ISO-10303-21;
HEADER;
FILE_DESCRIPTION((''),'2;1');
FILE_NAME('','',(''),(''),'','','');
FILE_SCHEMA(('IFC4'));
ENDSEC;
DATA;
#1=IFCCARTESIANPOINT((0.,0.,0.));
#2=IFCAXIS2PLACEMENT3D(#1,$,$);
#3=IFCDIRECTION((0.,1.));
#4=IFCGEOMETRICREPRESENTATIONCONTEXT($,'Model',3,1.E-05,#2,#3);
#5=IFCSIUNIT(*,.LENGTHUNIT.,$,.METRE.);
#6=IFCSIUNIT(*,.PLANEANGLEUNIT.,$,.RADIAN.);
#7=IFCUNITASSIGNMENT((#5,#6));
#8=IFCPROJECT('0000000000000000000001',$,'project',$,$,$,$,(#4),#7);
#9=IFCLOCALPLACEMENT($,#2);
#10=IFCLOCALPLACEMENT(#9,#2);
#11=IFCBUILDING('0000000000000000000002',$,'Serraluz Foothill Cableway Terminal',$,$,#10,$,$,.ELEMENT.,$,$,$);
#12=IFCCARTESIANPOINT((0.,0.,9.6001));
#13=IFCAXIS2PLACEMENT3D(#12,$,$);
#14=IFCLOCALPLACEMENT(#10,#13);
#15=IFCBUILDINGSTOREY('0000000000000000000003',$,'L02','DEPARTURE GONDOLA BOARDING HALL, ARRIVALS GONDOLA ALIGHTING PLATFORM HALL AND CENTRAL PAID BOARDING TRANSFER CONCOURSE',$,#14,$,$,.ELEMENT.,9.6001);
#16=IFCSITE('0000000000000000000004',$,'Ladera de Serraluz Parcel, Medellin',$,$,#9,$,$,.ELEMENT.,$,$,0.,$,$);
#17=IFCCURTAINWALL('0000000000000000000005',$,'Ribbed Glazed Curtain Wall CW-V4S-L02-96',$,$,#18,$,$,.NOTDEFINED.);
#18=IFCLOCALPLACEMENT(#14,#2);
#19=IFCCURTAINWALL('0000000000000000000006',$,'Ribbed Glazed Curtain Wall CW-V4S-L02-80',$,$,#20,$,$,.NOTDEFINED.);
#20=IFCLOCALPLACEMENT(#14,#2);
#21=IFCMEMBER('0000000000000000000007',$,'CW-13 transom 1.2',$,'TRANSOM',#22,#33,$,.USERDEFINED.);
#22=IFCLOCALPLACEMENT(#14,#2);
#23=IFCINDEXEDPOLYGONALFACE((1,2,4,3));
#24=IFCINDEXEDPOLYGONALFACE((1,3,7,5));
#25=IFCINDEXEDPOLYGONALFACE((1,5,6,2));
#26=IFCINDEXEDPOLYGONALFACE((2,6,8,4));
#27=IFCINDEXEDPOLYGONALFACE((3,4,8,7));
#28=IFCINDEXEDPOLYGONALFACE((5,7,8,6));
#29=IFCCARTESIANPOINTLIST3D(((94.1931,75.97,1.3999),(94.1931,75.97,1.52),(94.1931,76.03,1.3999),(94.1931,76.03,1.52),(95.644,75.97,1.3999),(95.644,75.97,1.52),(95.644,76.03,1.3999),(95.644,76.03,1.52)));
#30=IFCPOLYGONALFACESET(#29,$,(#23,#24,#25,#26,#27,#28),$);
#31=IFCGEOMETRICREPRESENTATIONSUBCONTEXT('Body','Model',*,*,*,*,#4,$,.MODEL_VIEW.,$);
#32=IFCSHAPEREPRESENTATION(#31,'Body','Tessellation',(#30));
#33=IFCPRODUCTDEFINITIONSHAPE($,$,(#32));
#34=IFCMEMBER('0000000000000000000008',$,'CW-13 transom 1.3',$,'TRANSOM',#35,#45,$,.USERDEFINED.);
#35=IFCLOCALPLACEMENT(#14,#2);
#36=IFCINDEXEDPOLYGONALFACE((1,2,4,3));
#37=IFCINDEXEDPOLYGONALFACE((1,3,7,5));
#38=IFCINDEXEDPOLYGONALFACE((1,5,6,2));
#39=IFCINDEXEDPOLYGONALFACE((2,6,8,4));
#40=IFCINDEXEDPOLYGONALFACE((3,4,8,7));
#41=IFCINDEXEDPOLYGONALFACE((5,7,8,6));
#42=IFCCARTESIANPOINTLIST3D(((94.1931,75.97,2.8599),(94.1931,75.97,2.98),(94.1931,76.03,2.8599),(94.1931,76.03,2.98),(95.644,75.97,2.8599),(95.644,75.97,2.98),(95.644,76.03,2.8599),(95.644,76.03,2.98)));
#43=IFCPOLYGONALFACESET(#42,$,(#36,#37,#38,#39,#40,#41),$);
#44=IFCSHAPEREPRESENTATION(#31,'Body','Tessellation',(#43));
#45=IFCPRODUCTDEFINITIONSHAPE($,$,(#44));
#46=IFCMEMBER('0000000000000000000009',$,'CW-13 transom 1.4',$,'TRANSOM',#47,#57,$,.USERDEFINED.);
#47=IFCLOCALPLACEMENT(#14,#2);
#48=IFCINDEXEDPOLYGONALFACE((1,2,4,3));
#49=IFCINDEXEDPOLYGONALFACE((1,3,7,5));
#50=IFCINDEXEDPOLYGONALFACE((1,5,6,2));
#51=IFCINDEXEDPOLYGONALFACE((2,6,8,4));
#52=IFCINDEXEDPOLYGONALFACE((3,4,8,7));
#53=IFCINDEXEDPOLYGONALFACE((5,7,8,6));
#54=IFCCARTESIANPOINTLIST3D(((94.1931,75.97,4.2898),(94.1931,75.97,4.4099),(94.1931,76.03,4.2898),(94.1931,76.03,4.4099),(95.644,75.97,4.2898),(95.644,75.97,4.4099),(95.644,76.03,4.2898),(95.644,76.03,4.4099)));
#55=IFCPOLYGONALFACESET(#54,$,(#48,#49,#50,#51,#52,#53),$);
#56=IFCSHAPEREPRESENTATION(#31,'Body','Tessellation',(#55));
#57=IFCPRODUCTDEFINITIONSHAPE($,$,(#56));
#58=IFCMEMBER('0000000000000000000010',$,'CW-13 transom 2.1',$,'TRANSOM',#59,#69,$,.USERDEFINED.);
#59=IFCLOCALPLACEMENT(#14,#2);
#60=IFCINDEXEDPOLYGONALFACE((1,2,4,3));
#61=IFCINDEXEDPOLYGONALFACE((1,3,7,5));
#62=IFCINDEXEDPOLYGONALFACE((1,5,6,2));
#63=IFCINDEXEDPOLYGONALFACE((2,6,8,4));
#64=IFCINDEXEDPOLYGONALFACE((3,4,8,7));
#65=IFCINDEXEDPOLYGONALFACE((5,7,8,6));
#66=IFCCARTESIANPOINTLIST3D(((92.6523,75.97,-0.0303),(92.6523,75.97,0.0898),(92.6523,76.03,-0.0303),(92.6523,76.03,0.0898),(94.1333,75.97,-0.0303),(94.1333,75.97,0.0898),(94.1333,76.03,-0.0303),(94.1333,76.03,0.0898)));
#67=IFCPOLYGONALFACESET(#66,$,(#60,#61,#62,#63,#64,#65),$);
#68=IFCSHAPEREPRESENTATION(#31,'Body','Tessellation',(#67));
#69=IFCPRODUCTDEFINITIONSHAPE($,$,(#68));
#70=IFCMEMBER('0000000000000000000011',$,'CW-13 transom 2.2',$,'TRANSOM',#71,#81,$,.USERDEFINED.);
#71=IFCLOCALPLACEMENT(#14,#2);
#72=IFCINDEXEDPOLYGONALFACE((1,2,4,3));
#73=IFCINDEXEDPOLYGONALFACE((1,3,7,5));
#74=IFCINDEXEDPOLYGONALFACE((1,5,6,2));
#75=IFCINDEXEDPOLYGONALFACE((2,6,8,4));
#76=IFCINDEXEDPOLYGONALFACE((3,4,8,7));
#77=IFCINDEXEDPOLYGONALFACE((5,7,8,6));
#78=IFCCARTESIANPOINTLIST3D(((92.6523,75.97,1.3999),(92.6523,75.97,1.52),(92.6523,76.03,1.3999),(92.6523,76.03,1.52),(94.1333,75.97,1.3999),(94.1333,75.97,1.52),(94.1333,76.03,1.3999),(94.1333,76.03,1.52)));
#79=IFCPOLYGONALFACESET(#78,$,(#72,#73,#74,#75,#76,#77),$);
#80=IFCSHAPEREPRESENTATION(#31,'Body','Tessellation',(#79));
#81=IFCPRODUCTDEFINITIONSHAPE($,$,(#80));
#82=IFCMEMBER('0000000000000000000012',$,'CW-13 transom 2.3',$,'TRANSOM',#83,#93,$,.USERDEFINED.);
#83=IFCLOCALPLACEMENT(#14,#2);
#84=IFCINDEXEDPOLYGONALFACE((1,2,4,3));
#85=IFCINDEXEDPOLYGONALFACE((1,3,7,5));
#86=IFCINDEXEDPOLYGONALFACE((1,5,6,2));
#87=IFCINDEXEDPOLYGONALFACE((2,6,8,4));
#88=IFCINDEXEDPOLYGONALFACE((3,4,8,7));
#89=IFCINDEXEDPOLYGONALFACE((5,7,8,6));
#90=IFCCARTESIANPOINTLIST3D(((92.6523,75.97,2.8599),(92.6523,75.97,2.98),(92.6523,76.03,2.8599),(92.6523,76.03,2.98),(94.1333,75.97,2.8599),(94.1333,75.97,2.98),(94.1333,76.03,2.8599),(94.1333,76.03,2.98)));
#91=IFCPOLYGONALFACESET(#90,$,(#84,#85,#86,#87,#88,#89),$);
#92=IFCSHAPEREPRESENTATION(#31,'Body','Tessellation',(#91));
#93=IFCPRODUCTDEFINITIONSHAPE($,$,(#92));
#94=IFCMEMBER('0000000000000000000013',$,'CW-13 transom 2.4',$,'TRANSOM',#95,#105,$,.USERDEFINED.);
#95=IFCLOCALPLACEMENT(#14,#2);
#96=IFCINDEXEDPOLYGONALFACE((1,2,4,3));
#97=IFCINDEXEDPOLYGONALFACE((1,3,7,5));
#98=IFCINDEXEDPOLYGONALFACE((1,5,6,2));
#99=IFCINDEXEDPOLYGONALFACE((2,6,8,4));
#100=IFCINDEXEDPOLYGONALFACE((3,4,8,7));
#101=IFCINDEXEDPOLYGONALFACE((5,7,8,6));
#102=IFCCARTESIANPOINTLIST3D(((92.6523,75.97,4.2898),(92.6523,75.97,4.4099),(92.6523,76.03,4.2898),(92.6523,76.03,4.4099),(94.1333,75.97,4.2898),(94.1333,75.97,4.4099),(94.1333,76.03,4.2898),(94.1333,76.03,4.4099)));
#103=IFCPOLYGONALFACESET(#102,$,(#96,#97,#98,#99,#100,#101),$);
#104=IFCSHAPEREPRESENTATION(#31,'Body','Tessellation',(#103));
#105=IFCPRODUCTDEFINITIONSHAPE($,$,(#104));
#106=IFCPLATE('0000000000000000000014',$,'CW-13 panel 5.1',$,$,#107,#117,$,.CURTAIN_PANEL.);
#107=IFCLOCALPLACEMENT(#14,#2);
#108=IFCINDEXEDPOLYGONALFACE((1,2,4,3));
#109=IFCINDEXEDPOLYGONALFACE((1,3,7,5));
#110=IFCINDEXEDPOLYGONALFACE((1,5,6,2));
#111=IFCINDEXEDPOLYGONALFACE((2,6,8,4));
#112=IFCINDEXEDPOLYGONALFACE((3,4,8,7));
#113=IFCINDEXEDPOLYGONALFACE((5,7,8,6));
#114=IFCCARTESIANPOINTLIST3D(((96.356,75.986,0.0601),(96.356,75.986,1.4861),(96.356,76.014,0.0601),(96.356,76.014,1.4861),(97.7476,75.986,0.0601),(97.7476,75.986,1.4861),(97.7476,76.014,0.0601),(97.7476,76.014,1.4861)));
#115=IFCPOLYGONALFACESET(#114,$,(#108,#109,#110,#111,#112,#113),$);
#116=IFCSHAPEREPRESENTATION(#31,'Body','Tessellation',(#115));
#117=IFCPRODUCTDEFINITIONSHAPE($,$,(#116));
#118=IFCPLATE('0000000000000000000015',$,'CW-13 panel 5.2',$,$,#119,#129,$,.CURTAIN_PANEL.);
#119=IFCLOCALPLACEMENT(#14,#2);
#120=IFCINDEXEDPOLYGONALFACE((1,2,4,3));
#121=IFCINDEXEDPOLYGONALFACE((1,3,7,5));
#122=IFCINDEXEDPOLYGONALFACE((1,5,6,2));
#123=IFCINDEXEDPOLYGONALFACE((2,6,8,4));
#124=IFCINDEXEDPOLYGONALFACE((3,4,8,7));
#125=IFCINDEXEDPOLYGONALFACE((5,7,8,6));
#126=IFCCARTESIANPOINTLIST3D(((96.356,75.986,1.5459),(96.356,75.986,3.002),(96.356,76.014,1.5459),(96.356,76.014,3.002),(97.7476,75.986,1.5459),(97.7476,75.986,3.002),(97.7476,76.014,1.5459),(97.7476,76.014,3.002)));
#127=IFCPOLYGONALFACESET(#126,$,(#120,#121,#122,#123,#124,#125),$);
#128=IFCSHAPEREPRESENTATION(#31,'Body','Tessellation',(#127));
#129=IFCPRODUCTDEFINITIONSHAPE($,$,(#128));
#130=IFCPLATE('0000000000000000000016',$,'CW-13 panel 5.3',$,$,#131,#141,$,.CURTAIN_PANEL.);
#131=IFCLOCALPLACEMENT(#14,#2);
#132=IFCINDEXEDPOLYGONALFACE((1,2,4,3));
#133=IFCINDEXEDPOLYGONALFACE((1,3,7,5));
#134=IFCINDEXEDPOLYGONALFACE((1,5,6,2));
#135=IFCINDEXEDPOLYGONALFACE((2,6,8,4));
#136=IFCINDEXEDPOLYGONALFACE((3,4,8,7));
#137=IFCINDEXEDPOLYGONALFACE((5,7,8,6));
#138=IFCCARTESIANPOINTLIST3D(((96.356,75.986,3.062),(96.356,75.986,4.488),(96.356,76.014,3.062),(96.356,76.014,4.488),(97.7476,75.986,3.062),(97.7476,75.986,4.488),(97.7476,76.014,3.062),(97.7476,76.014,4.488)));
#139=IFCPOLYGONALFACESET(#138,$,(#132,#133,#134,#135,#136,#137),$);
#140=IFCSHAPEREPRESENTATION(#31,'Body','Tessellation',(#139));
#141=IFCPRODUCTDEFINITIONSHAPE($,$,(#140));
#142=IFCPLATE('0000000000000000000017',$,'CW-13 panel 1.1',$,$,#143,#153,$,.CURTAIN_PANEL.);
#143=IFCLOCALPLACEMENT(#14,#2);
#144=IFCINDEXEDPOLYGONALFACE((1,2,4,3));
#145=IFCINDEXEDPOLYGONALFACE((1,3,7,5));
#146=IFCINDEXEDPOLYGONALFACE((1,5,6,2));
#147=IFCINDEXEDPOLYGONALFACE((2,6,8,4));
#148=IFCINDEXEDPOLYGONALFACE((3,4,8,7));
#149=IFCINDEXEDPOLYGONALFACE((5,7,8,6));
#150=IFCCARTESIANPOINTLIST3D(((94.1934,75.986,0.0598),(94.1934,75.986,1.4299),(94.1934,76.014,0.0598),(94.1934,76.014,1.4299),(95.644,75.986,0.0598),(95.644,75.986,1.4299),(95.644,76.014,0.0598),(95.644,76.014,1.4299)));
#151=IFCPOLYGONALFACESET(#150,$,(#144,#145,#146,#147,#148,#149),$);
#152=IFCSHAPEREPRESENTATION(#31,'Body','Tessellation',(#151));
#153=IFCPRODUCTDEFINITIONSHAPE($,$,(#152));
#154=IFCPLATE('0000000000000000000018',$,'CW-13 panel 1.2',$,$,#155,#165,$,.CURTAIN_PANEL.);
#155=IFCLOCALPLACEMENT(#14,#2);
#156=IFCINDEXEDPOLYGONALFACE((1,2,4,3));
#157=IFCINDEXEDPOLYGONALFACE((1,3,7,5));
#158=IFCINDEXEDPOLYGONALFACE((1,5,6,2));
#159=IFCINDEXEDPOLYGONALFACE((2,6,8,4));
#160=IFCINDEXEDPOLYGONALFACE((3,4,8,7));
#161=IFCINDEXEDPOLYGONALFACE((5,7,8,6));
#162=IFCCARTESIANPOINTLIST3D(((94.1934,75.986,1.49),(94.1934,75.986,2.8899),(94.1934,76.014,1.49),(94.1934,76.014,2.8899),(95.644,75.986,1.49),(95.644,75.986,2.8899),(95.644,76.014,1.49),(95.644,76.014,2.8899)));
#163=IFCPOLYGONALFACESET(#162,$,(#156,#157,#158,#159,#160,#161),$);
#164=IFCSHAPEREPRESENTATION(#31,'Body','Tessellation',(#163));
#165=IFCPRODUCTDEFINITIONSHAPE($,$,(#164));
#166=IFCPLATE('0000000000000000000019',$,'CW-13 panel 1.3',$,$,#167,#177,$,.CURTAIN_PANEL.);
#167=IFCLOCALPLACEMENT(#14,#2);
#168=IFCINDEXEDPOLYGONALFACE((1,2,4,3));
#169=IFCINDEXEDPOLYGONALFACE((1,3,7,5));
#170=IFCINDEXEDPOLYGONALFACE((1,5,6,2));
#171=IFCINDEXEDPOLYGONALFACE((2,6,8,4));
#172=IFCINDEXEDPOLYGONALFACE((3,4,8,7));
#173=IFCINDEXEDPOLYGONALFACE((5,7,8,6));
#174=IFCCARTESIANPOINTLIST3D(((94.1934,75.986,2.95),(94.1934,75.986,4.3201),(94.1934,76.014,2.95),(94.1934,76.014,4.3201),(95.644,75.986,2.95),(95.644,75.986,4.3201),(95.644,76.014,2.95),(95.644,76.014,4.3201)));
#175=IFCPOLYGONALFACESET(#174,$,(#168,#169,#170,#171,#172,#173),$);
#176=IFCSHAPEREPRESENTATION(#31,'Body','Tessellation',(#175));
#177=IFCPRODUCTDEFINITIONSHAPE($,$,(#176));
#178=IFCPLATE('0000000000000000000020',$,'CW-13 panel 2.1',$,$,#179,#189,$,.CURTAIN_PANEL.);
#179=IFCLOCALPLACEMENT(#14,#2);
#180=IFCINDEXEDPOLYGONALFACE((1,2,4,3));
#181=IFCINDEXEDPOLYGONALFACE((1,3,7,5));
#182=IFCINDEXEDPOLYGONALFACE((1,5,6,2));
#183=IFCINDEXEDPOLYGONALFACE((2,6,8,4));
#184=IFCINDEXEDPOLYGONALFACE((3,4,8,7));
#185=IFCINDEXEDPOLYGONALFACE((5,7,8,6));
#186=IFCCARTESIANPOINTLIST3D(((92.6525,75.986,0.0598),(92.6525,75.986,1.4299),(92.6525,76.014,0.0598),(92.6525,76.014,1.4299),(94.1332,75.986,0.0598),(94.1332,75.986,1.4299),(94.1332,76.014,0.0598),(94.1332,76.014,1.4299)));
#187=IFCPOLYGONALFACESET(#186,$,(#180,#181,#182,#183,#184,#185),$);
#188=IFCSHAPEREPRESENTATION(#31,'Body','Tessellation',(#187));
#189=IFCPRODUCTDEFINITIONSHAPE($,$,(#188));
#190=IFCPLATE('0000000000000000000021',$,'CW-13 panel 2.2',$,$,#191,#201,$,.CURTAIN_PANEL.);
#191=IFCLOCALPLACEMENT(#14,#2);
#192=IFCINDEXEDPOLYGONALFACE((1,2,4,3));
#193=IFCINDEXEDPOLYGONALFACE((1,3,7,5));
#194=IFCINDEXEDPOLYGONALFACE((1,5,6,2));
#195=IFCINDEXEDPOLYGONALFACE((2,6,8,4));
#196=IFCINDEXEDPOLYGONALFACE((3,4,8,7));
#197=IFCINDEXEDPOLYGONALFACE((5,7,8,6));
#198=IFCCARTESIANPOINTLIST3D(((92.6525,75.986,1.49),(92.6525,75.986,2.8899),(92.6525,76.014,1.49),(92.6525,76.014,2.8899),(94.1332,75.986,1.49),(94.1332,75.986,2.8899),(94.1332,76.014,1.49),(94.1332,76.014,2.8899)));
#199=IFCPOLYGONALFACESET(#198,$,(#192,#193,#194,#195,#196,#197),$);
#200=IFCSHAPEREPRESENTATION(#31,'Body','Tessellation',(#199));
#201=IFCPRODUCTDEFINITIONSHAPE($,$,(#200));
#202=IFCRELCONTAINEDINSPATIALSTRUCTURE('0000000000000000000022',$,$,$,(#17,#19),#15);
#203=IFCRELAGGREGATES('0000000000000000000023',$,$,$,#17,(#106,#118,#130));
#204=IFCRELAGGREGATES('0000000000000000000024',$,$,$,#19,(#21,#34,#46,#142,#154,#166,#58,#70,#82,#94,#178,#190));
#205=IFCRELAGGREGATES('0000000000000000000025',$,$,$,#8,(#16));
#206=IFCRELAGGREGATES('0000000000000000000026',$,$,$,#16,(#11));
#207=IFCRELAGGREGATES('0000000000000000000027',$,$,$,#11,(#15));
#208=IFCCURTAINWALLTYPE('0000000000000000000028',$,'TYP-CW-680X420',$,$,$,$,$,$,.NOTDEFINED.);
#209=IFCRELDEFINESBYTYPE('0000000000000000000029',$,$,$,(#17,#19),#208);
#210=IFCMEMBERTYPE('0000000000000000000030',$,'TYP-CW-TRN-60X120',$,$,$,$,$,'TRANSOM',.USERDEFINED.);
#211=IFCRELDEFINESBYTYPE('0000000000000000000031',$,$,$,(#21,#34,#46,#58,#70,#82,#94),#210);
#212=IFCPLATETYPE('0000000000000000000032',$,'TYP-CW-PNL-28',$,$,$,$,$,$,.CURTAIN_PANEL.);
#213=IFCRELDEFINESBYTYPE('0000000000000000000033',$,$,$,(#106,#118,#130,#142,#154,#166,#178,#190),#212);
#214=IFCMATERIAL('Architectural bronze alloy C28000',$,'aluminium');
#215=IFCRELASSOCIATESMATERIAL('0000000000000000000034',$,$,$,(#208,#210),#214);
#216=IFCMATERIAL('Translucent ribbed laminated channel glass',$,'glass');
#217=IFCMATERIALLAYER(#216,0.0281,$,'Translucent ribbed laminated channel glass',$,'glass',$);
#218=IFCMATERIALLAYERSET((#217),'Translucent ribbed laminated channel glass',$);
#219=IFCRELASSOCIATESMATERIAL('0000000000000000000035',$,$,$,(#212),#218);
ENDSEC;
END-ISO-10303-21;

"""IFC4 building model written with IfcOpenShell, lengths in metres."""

from ifc_helpers import new_model, si_unit, direction, frame, origin, origin_2d, place, context, subcontext, project, spatial, rectangle, extrude, material, layer, layer_set, material_profile, profile_set, type_object, element, aggregate, save


model = new_model("IFC4")

# Units and contexts
model_context = context("Model", 3, precision=1e-05, world=origin(), true_north=direction((0.0, 1.0)))
body_context = subcontext(model_context, "Body", "Model", "MODEL_VIEW")
ifc_project = project(units=[si_unit("LENGTHUNIT", "METRE"), si_unit("PLANEANGLEUNIT", "RADIAN")], contexts=[model_context])

# Site, building, storey
site_placement = place(None, origin())
site = spatial("IfcSite", under=ifc_project, at=site_placement, Name="Ladera de Serraluz Parcel, Medellin", CompositionType="ELEMENT", RefElevation=0.0)
building_placement = place(site_placement, origin())
building = spatial("IfcBuilding", under=site, at=building_placement, Name="Serraluz Foothill Cableway Terminal", CompositionType="ELEMENT")
storey_placement = place(building_placement, frame((0.0, 0.0, 9.6001)))
storey = spatial("IfcBuildingStorey", under=building, at=storey_placement, Name="L02", Description="DEPARTURE GONDOLA BOARDING HALL, ARRIVALS GONDOLA ALIGHTING PLATFORM HALL AND CENTRAL PAID BOARDING TRANSFER CONCOURSE", CompositionType="ELEMENT", Elevation=9.6001)

# Curtain wall
ifc_material_1 = material(Name="Architectural bronze alloy C28000", Category="aluminium")
curtain_wall_type = type_object("IfcCurtainWallType", Name="TYP-CW-680X420", PredefinedType="NOTDEFINED", material=ifc_material_1)
curtain_wall_1_placement = place(storey_placement, origin())
curtain_wall_1 = element("IfcCurtainWall", 1, at=curtain_wall_1_placement, inside=storey, type_object=curtain_wall_type, Name="Ribbed Glazed Curtain Wall CW-V4S-L02-96", PredefinedType="NOTDEFINED")

# Curtain wall
curtain_wall_2_placement = place(storey_placement, origin())
curtain_wall_2 = element("IfcCurtainWall", 2, at=curtain_wall_2_placement, inside=storey, type_object=curtain_wall_type, Name="Ribbed Glazed Curtain Wall CW-V4S-L02-80", PredefinedType="NOTDEFINED")

# Members
ifc_material_profile_1 = material_profile(ifc_material_1, rectangle(XDim=0.0601, YDim=0.1201, at=origin_2d()), Name="ALU TRANSOM 60x120")
ifc_profile_set_1 = profile_set([ifc_material_profile_1], Name="Architectural bronze alloy C28000")
member_type_1 = type_object("IfcMemberType", Name="TYP-CW-TRN-60X120", ElementType="TRANSOM", PredefinedType="USERDEFINED", material=ifc_profile_set_1)
member_1_placement = place(storey_placement, frame((95.644, 76.0, 1.46), z_axis=(-1.0, 0.0, 0.0), x_axis=(0.0, -1.0, 0.0)))
member_1 = element("IfcMember", 3, at=member_1_placement, type_object=member_type_1, Name="CW-13 transom 1.2", ObjectType="TRANSOM", PredefinedType="USERDEFINED", context=body_context, shape_type="SweptSolid", body=[
    extrude(rectangle(XDim=0.0601, YDim=0.1201, at=origin_2d()), origin(), (0.0, 0.0, 1.0), 1.4509),
])
member_2_placement = place(storey_placement, frame((95.644, 76.0, 2.9199), z_axis=(-1.0, 0.0, 0.0), x_axis=(0.0, -1.0, 0.0)))
member_2 = element("IfcMember", 4, at=member_2_placement, type_object=member_type_1, Name="CW-13 transom 1.3", ObjectType="TRANSOM", PredefinedType="USERDEFINED", context=body_context, shape_type="SweptSolid", body=[
    extrude(rectangle(XDim=0.0601, YDim=0.1201, at=origin_2d()), origin(), (0.0, 0.0, 1.0), 1.4509),
])
member_3_placement = place(storey_placement, frame((95.644, 76.0, 4.3499), z_axis=(-1.0, 0.0, 0.0), x_axis=(0.0, -1.0, 0.0)))
member_3 = element("IfcMember", 5, at=member_3_placement, type_object=member_type_1, Name="CW-13 transom 1.4", ObjectType="TRANSOM", PredefinedType="USERDEFINED", context=body_context, shape_type="SweptSolid", body=[
    extrude(rectangle(XDim=0.0601, YDim=0.1201, at=origin_2d()), origin(), (0.0, 0.0, 1.0), 1.4509),
])
member_4_placement = place(storey_placement, frame((94.1333, 76.0, 0.0298), z_axis=(-1.0, 0.0, 0.0), x_axis=(0.0, -1.0, 0.0)))
member_4 = element("IfcMember", 6, at=member_4_placement, type_object=member_type_1, Name="CW-13 transom 2.1", ObjectType="TRANSOM", PredefinedType="USERDEFINED", context=body_context, shape_type="SweptSolid", body=[
    extrude(rectangle(XDim=0.0601, YDim=0.1201, at=origin_2d()), origin(), (0.0, 0.0, 1.0), 1.481),
])
member_5_placement = place(storey_placement, frame((94.1333, 76.0, 1.46), z_axis=(-1.0, 0.0, 0.0), x_axis=(0.0, -1.0, 0.0)))
member_5 = element("IfcMember", 7, at=member_5_placement, type_object=member_type_1, Name="CW-13 transom 2.2", ObjectType="TRANSOM", PredefinedType="USERDEFINED", context=body_context, shape_type="SweptSolid", body=[
    extrude(rectangle(XDim=0.0601, YDim=0.1201, at=origin_2d()), origin(), (0.0, 0.0, 1.0), 1.481),
])
member_6_placement = place(storey_placement, frame((94.1333, 76.0, 2.9199), z_axis=(-1.0, 0.0, 0.0), x_axis=(0.0, -1.0, 0.0)))
member_6 = element("IfcMember", 8, at=member_6_placement, type_object=member_type_1, Name="CW-13 transom 2.3", ObjectType="TRANSOM", PredefinedType="USERDEFINED", context=body_context, shape_type="SweptSolid", body=[
    extrude(rectangle(XDim=0.0601, YDim=0.1201, at=origin_2d()), origin(), (0.0, 0.0, 1.0), 1.481),
])
member_7_placement = place(storey_placement, frame((94.1333, 76.0, 4.3499), z_axis=(-1.0, 0.0, 0.0), x_axis=(0.0, -1.0, 0.0)))
member_7 = element("IfcMember", 9, at=member_7_placement, type_object=member_type_1, Name="CW-13 transom 2.4", ObjectType="TRANSOM", PredefinedType="USERDEFINED", context=body_context, shape_type="SweptSolid", body=[
    extrude(rectangle(XDim=0.0601, YDim=0.1201, at=origin_2d()), origin(), (0.0, 0.0, 1.0), 1.481),
])

# Plates
ifc_material_2 = material(Name="Translucent ribbed laminated channel glass", Category="glass")
ifc_layer_1 = layer(ifc_material_2, 0.0281, Name="Translucent ribbed laminated channel glass", Category="glass")
ifc_layer_set_1 = layer_set([ifc_layer_1], Name="Translucent ribbed laminated channel glass")
plate_type_1 = type_object("IfcPlateType", Name="TYP-CW-PNL-28", PredefinedType="CURTAIN_PANEL", material=ifc_layer_set_1)
plate_1_placement = place(storey_placement, frame((97.0518, 76.0, 0.0601), z_axis=(0.0, 0.0, 1.0), x_axis=(-1.0, 0.0, 0.0)))
plate_1 = element("IfcPlate", 10, at=plate_1_placement, type_object=plate_type_1, Name="CW-13 panel 5.1", PredefinedType="CURTAIN_PANEL", context=body_context, shape_type="SweptSolid", body=[
    extrude(rectangle(XDim=1.3916, YDim=0.0281, at=origin_2d()), origin(), (0.0, 0.0, 1.0), 1.426),
])
plate_2_placement = place(storey_placement, frame((97.0518, 76.0, 1.5459), z_axis=(0.0, 0.0, 1.0), x_axis=(-1.0, 0.0, 0.0)))
plate_2 = element("IfcPlate", 11, at=plate_2_placement, type_object=plate_type_1, Name="CW-13 panel 5.2", PredefinedType="CURTAIN_PANEL", context=body_context, shape_type="SweptSolid", body=[
    extrude(rectangle(XDim=1.3916, YDim=0.0281, at=origin_2d()), origin(), (0.0, 0.0, 1.0), 1.4561),
])
plate_3_placement = place(storey_placement, frame((97.0518, 76.0, 3.062), z_axis=(0.0, 0.0, 1.0), x_axis=(-1.0, 0.0, 0.0)))
plate_3 = element("IfcPlate", 12, at=plate_3_placement, type_object=plate_type_1, Name="CW-13 panel 5.3", PredefinedType="CURTAIN_PANEL", context=body_context, shape_type="SweptSolid", body=[
    extrude(rectangle(XDim=1.3916, YDim=0.0281, at=origin_2d()), origin(), (0.0, 0.0, 1.0), 1.426),
])
aggregate(curtain_wall_1, [plate_1, plate_2, plate_3])
plate_4_placement = place(storey_placement, frame((94.9187, 76.0, 0.0598), z_axis=(0.0, 0.0, 1.0), x_axis=(-1.0, 0.0, 0.0)))
plate_4 = element("IfcPlate", 13, at=plate_4_placement, type_object=plate_type_1, Name="CW-13 panel 1.1", PredefinedType="CURTAIN_PANEL", context=body_context, shape_type="SweptSolid", body=[
    extrude(rectangle(XDim=1.4507, YDim=0.0281, at=origin_2d()), origin(), (0.0, 0.0, 1.0), 1.3701),
])
plate_5_placement = place(storey_placement, frame((94.9187, 76.0, 1.49), z_axis=(0.0, 0.0, 1.0), x_axis=(-1.0, 0.0, 0.0)))
plate_5 = element("IfcPlate", 14, at=plate_5_placement, type_object=plate_type_1, Name="CW-13 panel 1.2", PredefinedType="CURTAIN_PANEL", context=body_context, shape_type="SweptSolid", body=[
    extrude(rectangle(XDim=1.4507, YDim=0.0281, at=origin_2d()), origin(), (0.0, 0.0, 1.0), 1.3999),
])
plate_6_placement = place(storey_placement, frame((94.9187, 76.0, 2.95), z_axis=(0.0, 0.0, 1.0), x_axis=(-1.0, 0.0, 0.0)))
plate_6 = element("IfcPlate", 15, at=plate_6_placement, type_object=plate_type_1, Name="CW-13 panel 1.3", PredefinedType="CURTAIN_PANEL", context=body_context, shape_type="SweptSolid", body=[
    extrude(rectangle(XDim=1.4507, YDim=0.0281, at=origin_2d()), origin(), (0.0, 0.0, 1.0), 1.3701),
])
plate_7_placement = place(storey_placement, frame((93.3928, 76.0, 0.0598), z_axis=(0.0, 0.0, 1.0), x_axis=(-1.0, 0.0, 0.0)))
plate_7 = element("IfcPlate", 16, at=plate_7_placement, type_object=plate_type_1, Name="CW-13 panel 2.1", PredefinedType="CURTAIN_PANEL", context=body_context, shape_type="SweptSolid", body=[
    extrude(rectangle(XDim=1.4807, YDim=0.0281, at=origin_2d()), origin(), (0.0, 0.0, 1.0), 1.3701),
])
plate_8_placement = place(storey_placement, frame((93.3928, 76.0, 1.49), z_axis=(0.0, 0.0, 1.0), x_axis=(-1.0, 0.0, 0.0)))
plate_8 = element("IfcPlate", 17, at=plate_8_placement, type_object=plate_type_1, Name="CW-13 panel 2.2", PredefinedType="CURTAIN_PANEL", context=body_context, shape_type="SweptSolid", body=[
    extrude(rectangle(XDim=1.4807, YDim=0.0281, at=origin_2d()), origin(), (0.0, 0.0, 1.0), 1.3999),
])
aggregate(curtain_wall_2, [member_1, member_2, member_3, plate_4, plate_5, plate_6, member_4, member_5, member_6, member_7, plate_7, plate_8])

save(model, "model.ifc")
